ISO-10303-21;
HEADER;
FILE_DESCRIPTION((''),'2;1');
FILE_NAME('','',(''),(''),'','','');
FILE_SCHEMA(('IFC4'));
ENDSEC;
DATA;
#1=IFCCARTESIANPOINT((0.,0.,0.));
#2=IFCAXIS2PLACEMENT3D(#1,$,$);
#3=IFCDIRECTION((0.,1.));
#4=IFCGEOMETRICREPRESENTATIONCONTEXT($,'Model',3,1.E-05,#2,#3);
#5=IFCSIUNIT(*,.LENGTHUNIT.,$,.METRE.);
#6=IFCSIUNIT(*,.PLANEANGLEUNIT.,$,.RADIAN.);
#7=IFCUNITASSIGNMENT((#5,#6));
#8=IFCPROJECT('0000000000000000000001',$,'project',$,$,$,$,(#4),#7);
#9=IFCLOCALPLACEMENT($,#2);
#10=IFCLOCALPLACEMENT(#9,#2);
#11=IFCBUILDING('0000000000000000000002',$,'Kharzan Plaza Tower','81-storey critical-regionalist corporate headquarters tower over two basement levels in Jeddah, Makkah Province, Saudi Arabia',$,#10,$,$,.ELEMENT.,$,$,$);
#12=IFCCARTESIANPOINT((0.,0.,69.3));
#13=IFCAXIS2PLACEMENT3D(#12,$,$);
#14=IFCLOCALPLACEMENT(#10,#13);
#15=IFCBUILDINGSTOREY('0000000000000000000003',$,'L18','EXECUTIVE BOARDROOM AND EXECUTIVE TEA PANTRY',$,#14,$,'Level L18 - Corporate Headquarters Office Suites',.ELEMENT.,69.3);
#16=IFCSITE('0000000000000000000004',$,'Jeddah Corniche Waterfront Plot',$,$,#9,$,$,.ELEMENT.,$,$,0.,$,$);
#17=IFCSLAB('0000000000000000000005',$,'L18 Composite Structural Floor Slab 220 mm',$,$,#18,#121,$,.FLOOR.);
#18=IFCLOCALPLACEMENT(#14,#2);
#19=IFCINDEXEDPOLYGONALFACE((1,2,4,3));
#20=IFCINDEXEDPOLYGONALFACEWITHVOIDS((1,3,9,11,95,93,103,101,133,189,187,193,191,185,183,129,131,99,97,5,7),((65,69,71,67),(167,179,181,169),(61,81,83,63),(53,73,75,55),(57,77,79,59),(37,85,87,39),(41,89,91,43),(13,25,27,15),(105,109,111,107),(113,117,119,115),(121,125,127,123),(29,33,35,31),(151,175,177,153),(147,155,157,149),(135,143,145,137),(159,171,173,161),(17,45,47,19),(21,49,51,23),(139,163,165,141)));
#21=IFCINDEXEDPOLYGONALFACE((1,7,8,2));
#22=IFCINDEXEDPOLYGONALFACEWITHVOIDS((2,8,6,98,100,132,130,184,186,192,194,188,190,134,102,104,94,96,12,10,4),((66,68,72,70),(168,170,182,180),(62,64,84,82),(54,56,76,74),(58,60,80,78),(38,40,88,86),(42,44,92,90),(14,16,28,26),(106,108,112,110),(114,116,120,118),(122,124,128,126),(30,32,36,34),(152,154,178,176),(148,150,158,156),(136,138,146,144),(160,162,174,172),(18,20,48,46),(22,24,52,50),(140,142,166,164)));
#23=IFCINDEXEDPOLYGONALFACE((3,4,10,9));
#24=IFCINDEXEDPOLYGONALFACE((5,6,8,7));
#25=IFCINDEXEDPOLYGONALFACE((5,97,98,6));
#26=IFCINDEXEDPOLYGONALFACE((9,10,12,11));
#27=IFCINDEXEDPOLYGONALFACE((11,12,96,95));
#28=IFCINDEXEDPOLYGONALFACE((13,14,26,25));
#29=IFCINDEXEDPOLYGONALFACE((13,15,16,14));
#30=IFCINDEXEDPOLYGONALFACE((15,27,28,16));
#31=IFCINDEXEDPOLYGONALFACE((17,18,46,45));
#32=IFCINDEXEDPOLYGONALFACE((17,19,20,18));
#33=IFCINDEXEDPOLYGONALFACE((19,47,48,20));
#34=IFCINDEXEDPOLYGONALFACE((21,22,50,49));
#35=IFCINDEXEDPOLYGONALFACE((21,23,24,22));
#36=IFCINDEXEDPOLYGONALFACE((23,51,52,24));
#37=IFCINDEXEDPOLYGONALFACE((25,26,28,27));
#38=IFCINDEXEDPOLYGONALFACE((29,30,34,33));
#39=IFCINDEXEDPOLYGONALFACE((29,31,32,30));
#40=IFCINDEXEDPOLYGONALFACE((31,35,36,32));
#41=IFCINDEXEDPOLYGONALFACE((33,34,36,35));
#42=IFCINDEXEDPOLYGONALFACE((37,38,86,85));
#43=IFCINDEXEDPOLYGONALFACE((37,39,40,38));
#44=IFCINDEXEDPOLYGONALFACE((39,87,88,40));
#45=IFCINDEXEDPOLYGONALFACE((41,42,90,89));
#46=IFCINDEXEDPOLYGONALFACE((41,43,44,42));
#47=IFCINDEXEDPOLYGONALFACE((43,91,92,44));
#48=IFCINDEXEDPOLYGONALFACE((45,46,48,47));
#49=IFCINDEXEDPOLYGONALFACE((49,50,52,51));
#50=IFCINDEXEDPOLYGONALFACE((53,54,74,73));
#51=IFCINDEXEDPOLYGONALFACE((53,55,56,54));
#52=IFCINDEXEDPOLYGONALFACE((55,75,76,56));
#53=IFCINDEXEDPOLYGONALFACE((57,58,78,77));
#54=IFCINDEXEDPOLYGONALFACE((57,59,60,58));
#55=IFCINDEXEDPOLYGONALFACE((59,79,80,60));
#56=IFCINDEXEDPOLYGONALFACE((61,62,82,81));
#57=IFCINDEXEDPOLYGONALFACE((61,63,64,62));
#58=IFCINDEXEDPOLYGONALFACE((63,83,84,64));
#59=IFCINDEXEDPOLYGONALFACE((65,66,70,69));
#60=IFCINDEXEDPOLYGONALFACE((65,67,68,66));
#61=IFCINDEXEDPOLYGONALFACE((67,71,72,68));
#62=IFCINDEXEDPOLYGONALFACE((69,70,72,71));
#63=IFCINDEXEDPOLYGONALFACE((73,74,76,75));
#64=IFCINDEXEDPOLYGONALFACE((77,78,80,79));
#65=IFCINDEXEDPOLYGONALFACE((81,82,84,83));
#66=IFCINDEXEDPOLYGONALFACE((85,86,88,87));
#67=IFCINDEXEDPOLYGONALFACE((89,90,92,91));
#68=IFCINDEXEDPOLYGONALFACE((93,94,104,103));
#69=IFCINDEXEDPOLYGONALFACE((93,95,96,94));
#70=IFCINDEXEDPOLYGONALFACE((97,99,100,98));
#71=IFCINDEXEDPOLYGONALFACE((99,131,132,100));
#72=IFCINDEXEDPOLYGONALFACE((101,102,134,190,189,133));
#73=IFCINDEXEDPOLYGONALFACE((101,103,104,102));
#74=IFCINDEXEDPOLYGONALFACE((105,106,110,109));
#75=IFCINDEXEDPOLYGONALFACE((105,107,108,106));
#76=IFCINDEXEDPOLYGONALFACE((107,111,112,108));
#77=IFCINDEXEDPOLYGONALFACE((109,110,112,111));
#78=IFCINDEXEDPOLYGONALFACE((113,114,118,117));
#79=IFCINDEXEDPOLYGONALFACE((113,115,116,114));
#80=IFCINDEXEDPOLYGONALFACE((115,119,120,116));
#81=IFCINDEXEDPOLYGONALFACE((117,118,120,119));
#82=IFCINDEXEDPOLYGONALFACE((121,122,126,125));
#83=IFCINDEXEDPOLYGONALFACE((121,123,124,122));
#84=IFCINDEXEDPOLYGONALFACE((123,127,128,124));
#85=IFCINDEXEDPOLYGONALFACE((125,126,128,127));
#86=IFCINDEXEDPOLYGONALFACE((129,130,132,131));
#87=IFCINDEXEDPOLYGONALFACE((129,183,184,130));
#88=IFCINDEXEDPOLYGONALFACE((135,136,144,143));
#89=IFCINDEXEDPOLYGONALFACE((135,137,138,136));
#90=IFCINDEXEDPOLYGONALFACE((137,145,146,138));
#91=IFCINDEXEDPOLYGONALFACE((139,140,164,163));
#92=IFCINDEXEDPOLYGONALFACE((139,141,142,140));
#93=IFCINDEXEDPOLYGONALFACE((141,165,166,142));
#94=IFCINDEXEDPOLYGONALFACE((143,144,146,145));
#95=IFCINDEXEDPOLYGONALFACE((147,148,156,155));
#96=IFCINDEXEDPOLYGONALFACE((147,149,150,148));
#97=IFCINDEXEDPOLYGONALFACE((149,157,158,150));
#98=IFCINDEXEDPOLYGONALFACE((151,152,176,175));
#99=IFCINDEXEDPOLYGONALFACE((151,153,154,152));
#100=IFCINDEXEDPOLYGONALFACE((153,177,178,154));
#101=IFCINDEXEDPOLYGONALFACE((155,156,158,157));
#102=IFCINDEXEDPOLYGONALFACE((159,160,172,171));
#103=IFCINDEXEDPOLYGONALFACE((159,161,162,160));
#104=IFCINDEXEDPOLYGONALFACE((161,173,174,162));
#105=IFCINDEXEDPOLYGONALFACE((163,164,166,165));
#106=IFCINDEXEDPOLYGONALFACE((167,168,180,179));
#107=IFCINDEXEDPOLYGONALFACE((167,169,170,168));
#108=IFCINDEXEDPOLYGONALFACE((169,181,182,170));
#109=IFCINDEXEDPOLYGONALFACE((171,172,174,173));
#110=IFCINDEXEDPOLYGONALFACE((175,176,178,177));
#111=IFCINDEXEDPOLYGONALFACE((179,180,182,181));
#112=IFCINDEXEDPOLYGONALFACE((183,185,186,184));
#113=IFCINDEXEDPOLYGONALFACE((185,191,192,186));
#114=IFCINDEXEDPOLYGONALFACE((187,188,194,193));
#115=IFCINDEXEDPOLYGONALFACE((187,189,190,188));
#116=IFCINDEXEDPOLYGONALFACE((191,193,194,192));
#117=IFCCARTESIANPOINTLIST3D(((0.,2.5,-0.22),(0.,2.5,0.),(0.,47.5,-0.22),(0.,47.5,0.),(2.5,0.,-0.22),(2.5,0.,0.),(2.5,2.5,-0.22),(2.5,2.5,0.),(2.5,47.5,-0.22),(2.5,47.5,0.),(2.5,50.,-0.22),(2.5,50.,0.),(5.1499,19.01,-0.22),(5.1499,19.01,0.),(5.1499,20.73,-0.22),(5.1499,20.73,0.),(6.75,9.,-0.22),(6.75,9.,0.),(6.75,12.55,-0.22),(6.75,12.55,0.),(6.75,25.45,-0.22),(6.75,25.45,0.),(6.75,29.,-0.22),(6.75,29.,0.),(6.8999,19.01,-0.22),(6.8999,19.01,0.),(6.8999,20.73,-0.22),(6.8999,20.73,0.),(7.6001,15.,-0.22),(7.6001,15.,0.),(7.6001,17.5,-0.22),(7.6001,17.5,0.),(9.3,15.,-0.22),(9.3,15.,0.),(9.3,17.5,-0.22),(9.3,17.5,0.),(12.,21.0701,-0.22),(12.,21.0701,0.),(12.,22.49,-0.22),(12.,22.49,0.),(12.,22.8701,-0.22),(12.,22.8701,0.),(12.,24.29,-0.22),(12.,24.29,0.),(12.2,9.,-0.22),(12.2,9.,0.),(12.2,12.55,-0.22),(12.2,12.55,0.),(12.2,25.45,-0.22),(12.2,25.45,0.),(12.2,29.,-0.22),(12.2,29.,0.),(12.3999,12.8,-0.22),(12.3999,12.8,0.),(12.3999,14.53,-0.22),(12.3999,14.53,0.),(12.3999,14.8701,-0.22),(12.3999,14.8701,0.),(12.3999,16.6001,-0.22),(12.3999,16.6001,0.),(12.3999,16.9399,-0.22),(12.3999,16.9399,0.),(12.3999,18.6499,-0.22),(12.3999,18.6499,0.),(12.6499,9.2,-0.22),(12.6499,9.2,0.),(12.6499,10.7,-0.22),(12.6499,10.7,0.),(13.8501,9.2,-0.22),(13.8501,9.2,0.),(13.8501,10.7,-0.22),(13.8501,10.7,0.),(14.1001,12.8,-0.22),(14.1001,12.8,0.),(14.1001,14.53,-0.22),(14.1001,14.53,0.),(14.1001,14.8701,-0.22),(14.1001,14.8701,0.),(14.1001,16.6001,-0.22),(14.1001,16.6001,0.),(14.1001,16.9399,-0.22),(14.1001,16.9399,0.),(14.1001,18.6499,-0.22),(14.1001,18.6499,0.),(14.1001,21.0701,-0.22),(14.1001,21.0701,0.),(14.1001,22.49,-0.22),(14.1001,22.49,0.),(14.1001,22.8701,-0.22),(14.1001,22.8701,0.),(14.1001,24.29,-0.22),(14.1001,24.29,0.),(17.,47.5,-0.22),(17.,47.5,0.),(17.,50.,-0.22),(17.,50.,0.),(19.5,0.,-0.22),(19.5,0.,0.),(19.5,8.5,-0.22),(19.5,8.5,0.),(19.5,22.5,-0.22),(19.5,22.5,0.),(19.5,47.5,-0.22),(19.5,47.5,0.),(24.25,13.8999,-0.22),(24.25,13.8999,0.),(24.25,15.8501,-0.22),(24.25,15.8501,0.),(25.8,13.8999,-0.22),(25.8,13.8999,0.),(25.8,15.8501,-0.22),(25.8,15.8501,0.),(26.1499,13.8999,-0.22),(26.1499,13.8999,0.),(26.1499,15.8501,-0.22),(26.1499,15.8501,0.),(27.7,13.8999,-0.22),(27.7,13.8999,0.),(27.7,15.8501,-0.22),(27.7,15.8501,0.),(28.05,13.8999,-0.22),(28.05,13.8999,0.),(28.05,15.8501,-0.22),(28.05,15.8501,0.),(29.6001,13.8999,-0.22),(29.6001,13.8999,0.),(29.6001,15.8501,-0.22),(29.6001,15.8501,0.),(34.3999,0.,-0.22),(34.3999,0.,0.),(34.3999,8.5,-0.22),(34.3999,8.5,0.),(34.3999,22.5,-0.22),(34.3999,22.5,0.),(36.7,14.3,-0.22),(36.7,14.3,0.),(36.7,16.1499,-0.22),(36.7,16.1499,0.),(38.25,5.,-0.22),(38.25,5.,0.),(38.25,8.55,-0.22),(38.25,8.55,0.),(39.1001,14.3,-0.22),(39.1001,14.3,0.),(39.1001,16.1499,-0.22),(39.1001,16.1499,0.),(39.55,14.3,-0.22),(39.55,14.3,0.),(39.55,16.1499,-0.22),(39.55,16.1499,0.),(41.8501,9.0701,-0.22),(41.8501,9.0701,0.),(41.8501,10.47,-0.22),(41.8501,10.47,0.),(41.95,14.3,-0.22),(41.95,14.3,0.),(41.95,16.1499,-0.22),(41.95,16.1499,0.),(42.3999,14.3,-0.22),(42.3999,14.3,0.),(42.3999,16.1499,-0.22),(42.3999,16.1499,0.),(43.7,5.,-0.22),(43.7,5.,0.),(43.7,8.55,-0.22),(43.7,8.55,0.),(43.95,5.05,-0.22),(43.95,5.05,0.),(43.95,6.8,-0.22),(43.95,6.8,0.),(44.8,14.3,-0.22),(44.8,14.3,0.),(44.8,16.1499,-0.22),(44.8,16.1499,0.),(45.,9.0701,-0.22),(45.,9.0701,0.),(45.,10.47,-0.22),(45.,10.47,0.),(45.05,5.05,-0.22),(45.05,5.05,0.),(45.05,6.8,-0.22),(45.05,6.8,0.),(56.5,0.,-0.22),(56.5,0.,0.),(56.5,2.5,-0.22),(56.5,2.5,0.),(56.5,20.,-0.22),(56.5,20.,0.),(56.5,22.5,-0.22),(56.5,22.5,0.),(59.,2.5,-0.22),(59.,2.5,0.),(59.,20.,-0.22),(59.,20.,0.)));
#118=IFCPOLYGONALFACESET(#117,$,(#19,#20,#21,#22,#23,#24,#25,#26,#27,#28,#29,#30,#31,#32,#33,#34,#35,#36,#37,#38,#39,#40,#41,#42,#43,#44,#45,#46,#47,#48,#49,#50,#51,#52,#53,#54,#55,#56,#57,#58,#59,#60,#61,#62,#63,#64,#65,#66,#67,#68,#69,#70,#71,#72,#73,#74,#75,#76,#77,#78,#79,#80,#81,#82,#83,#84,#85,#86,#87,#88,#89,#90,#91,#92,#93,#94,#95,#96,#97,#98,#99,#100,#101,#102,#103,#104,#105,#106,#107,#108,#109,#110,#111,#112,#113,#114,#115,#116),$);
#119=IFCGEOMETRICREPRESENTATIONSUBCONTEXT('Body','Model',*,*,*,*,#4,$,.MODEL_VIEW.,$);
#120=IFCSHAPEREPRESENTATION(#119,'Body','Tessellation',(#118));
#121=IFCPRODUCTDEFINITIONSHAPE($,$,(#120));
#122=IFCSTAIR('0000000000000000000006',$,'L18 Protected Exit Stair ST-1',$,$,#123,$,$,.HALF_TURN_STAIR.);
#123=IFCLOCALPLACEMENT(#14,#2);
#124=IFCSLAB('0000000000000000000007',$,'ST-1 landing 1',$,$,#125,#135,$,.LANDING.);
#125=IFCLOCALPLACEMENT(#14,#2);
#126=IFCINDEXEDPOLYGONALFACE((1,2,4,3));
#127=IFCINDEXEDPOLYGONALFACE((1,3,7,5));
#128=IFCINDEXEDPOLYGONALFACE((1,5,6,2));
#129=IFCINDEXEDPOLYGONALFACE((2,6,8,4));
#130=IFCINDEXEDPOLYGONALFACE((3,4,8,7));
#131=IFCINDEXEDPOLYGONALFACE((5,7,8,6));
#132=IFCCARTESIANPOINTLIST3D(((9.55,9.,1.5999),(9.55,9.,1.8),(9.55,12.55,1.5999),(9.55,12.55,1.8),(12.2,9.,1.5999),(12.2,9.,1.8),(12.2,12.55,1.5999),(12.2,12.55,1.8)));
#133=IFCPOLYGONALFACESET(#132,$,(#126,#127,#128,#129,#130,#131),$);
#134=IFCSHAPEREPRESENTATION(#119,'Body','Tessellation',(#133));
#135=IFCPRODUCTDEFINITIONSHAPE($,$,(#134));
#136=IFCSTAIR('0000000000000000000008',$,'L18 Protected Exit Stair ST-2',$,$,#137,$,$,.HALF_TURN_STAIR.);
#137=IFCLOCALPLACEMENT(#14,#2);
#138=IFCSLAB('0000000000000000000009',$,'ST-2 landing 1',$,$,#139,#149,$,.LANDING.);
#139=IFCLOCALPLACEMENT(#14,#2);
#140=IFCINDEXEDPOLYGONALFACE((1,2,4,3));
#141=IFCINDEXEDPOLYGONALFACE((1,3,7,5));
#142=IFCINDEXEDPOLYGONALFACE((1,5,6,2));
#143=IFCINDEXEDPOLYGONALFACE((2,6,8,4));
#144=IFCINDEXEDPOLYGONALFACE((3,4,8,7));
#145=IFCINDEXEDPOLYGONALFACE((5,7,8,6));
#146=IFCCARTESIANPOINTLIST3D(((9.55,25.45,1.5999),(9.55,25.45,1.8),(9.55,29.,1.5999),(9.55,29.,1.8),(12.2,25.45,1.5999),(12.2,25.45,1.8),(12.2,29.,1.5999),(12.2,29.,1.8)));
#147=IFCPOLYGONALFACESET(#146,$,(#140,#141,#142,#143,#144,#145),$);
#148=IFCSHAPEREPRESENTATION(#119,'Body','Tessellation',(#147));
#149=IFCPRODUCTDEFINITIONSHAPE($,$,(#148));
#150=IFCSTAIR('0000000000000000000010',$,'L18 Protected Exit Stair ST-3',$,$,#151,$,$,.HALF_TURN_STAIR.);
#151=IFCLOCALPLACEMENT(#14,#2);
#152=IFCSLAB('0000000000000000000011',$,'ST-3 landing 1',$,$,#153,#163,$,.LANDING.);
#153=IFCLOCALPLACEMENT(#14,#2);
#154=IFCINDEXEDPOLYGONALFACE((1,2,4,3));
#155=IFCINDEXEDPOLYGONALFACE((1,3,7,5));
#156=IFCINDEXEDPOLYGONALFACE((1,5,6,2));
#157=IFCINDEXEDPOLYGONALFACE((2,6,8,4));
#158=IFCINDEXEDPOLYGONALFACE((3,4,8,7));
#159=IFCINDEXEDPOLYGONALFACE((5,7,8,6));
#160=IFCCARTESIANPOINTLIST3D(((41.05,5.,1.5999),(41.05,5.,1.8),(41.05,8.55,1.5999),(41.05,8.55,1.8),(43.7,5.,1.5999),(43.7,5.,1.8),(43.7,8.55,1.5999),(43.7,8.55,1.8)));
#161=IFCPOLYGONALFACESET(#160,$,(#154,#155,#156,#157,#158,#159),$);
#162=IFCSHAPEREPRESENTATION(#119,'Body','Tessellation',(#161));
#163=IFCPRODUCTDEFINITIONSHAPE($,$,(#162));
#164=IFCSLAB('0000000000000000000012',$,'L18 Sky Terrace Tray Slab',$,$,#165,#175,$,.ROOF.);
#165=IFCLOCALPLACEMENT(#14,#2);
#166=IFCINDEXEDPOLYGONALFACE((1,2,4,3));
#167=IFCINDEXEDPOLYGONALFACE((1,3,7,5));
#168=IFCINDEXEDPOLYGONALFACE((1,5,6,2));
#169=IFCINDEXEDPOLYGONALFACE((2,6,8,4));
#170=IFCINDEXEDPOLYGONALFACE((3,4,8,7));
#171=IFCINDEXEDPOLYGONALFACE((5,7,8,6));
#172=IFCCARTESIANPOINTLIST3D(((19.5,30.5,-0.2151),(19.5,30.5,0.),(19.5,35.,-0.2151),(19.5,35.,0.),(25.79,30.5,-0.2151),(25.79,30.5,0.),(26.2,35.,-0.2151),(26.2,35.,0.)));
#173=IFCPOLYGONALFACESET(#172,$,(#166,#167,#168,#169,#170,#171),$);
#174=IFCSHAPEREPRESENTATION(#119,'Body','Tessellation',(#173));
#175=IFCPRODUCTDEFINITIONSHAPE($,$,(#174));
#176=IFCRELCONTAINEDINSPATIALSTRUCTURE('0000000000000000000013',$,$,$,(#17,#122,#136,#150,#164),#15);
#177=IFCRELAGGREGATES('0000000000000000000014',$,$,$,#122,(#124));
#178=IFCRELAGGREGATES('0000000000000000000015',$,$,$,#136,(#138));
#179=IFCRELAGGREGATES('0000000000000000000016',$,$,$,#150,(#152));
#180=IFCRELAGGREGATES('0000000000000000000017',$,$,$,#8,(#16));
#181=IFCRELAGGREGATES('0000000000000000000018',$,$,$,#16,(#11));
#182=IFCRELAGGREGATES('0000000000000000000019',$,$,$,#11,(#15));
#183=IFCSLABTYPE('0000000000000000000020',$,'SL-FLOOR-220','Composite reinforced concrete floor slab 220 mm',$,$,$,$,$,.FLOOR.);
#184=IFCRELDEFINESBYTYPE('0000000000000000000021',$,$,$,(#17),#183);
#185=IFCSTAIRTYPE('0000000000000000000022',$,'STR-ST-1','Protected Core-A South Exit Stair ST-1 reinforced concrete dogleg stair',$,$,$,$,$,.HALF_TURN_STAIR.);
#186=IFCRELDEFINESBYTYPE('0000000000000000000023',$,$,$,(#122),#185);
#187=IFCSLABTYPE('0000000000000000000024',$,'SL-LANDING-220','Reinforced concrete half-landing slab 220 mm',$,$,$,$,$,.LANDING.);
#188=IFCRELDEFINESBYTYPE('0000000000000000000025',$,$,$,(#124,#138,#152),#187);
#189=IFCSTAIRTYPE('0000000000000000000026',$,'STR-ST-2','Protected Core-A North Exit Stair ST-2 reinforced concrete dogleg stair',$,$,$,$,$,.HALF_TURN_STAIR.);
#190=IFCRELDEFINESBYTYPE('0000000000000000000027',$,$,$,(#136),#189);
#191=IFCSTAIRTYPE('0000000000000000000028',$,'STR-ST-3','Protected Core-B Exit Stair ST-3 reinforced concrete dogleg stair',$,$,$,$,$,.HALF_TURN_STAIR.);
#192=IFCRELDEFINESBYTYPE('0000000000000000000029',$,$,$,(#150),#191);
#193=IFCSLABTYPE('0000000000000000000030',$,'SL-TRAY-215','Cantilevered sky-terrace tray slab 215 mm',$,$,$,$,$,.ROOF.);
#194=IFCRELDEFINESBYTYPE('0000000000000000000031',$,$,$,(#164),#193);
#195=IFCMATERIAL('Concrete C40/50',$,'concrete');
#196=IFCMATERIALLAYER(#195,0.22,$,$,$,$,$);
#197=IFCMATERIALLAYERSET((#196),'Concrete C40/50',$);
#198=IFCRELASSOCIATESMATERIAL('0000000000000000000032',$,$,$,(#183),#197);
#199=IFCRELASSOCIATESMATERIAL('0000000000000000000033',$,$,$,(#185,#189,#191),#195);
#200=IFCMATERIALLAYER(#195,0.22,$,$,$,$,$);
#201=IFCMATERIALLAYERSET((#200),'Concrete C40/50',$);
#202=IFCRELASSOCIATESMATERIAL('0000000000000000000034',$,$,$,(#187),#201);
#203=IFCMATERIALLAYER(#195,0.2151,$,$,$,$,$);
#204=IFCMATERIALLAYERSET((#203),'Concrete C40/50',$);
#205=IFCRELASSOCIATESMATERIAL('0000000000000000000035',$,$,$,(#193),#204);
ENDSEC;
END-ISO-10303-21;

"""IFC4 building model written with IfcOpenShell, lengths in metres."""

from ifc_helpers import new_model, si_unit, direction, frame, origin, place, context, subcontext, project, spatial, polyline, outline, extrude, material, layer, layer_set, type_object, element, aggregate, save


model = new_model("IFC4")

# Units and contexts
model_context = context("Model", 3, precision=1e-05, world=origin(), true_north=direction((0.0, 1.0)))
body_context = subcontext(model_context, "Body", "Model", "MODEL_VIEW")
ifc_project = project(units=[si_unit("LENGTHUNIT", "METRE"), si_unit("PLANEANGLEUNIT", "RADIAN")], contexts=[model_context])

# Site, building, storey
site_placement = place(None, origin())
site = spatial("IfcSite", under=ifc_project, at=site_placement, Name="Jeddah Corniche Waterfront Plot", CompositionType="ELEMENT", RefElevation=0.0)
building_placement = place(site_placement, origin())
building = spatial("IfcBuilding", under=site, at=building_placement, Name="Kharzan Plaza Tower", Description="81-storey critical-regionalist corporate headquarters tower over two basement levels in Jeddah, Makkah Province, Saudi Arabia", CompositionType="ELEMENT")
storey_placement = place(building_placement, frame((0.0, 0.0, 69.3)))
storey = spatial("IfcBuildingStorey", under=building, at=storey_placement, Name="L18", Description="EXECUTIVE BOARDROOM AND EXECUTIVE TEA PANTRY", LongName="Level L18 - Corporate Headquarters Office Suites", CompositionType="ELEMENT", Elevation=69.3)

# Slab
ifc_material_1 = material(Name="Concrete C40/50", Category="concrete")
ifc_layer_1 = layer(ifc_material_1, 0.22)
ifc_layer_set_1 = layer_set([ifc_layer_1], Name="Concrete C40/50")
slab_type_1 = type_object("IfcSlabType", Name="SL-FLOOR-220", Description="Composite reinforced concrete floor slab 220 mm", PredefinedType="FLOOR", material=ifc_layer_set_1)
slab_1_placement = place(storey_placement, frame((0.0, 0.0, -0.22)))
element("IfcSlab", 1, at=slab_1_placement, inside=storey, type_object=slab_type_1, Name="L18 Composite Structural Floor Slab 220 mm", PredefinedType="FLOOR", context=body_context, shape_type="SweptSolid", body=[
    extrude(outline(polyline([(34.3999, 22.5), (19.5, 22.5), (19.5, 47.5), (17.0, 47.5), (17.0, 50.0), (2.5, 50.0), (2.5, 47.5), (0.0, 47.5), (0.0, 2.5), (2.5, 2.5), (2.5, 0.0), (19.5, 0.0), (19.5, 8.5), (34.3999, 8.5), (34.3999, 0.0), (56.5, 0.0), (56.5, 2.5), (59.0, 2.5), (59.0, 20.0), (56.5, 20.0), (56.5, 22.5), (34.3999, 22.5)]), holes=[polyline([(13.8501, 9.2), (13.8501, 10.7), (12.6499, 10.7), (12.6499, 9.2), (13.8501, 9.2)]), polyline([(12.2, 9.0), (12.2, 12.55), (6.75, 12.55), (6.75, 9.0), (12.2, 9.0)]), polyline([(14.1001, 12.8), (14.1001, 14.53), (12.3999, 14.53), (12.3999, 12.8), (14.1001, 12.8)]), polyline([(14.1001, 14.8701), (14.1001, 16.6001), (12.3999, 16.6001), (12.3999, 14.8701), (14.1001, 14.8701)]), polyline([(9.3, 15.0), (9.3, 17.5), (7.6001, 17.5), (7.6001, 15.0), (9.3, 15.0)]), polyline([(14.1001, 16.9399), (14.1001, 18.6499), (12.3999, 18.6499), (12.3999, 16.9399), (14.1001, 16.9399)]), polyline([(6.8999, 19.01), (6.8999, 20.73), (5.1499, 20.73), (5.1499, 19.01), (6.8999, 19.01)]), polyline([(12.0, 21.0701), (14.1001, 21.0701), (14.1001, 22.49), (12.0, 22.49), (12.0, 21.0701)]), polyline([(12.0, 22.8701), (14.1001, 22.8701), (14.1001, 24.29), (12.0, 24.29), (12.0, 22.8701)]), polyline([(12.2, 25.45), (12.2, 29.0), (6.75, 29.0), (6.75, 25.45), (12.2, 25.45)]), polyline([(45.05, 5.05), (45.05, 6.8), (43.95, 6.8), (43.95, 5.05), (45.05, 5.05)]), polyline([(43.7, 5.0), (43.7, 8.55), (38.25, 8.55), (38.25, 5.0), (43.7, 5.0)]), polyline([(41.8501, 9.0701), (45.0, 9.0701), (45.0, 10.47), (41.8501, 10.47), (41.8501, 9.0701)]), polyline([(24.25, 13.8999), (25.8, 13.8999), (25.8, 15.8501), (24.25, 15.8501), (24.25, 13.8999)]), polyline([(27.7, 13.8999), (27.7, 15.8501), (26.1499, 15.8501), (26.1499, 13.8999), (27.7, 13.8999)]), polyline([(29.6001, 13.8999), (29.6001, 15.8501), (28.05, 15.8501), (28.05, 13.8999), (29.6001, 13.8999)]), polyline([(39.1001, 14.3), (39.1001, 16.1499), (36.7, 16.1499), (36.7, 14.3), (39.1001, 14.3)]), polyline([(39.55, 14.3), (41.95, 14.3), (41.95, 16.1499), (39.55, 16.1499), (39.55, 14.3)]), polyline([(42.3999, 14.3), (44.8, 14.3), (44.8, 16.1499), (42.3999, 16.1499), (42.3999, 14.3)])]), origin(), (0.0, 0.0, 1.0), 0.22),
])

# Stairs, slabs
stair_type_1 = type_object("IfcStairType", Name="STR-ST-1", Description="Protected Core-A South Exit Stair ST-1 reinforced concrete dogleg stair", PredefinedType="HALF_TURN_STAIR", material=ifc_material_1)
stair_1_placement = place(storey_placement, origin())
stair_1 = element("IfcStair", 2, at=stair_1_placement, inside=storey, type_object=stair_type_1, Name="L18 Protected Exit Stair ST-1", PredefinedType="HALF_TURN_STAIR")
ifc_layer_2 = layer(ifc_material_1, 0.22)
ifc_layer_set_2 = layer_set([ifc_layer_2], Name="Concrete C40/50")
slab_type_2 = type_object("IfcSlabType", Name="SL-LANDING-220", Description="Reinforced concrete half-landing slab 220 mm", PredefinedType="LANDING", material=ifc_layer_set_2)
slab_2_placement = place(storey_placement, frame((0.0, 0.0, 1.5999)))
slab_2 = element("IfcSlab", 3, at=slab_2_placement, type_object=slab_type_2, Name="ST-1 landing 1", PredefinedType="LANDING", context=body_context, shape_type="SweptSolid", body=[
    extrude(outline(polyline([(9.55, 9.0), (12.2, 9.0), (12.2, 12.55), (9.55, 12.55), (9.55, 9.0)])), origin(), (0.0, 0.0, 1.0), 0.2002),
])
aggregate(stair_1, [slab_2])
stair_type_2 = type_object("IfcStairType", Name="STR-ST-2", Description="Protected Core-A North Exit Stair ST-2 reinforced concrete dogleg stair", PredefinedType="HALF_TURN_STAIR", material=ifc_material_1)
stair_2_placement = place(storey_placement, origin())
stair_2 = element("IfcStair", 4, at=stair_2_placement, inside=storey, type_object=stair_type_2, Name="L18 Protected Exit Stair ST-2", PredefinedType="HALF_TURN_STAIR")
slab_3_placement = place(storey_placement, frame((0.0, 0.0, 1.5999)))
slab_3 = element("IfcSlab", 5, at=slab_3_placement, type_object=slab_type_2, Name="ST-2 landing 1", PredefinedType="LANDING", context=body_context, shape_type="SweptSolid", body=[
    extrude(outline(polyline([(9.55, 25.45), (12.2, 25.45), (12.2, 29.0), (9.55, 29.0), (9.55, 25.45)])), origin(), (0.0, 0.0, 1.0), 0.2002),
])
aggregate(stair_2, [slab_3])
stair_type_3 = type_object("IfcStairType", Name="STR-ST-3", Description="Protected Core-B Exit Stair ST-3 reinforced concrete dogleg stair", PredefinedType="HALF_TURN_STAIR", material=ifc_material_1)
stair_3_placement = place(storey_placement, origin())
stair_3 = element("IfcStair", 6, at=stair_3_placement, inside=storey, type_object=stair_type_3, Name="L18 Protected Exit Stair ST-3", PredefinedType="HALF_TURN_STAIR")
slab_4_placement = place(storey_placement, frame((0.0, 0.0, 1.5999)))
slab_4 = element("IfcSlab", 7, at=slab_4_placement, type_object=slab_type_2, Name="ST-3 landing 1", PredefinedType="LANDING", context=body_context, shape_type="SweptSolid", body=[
    extrude(outline(polyline([(41.05, 5.0), (43.7, 5.0), (43.7, 8.55), (41.05, 8.55), (41.05, 5.0)])), origin(), (0.0, 0.0, 1.0), 0.2002),
])
aggregate(stair_3, [slab_4])

# Slab
ifc_layer_3 = layer(ifc_material_1, 0.2151)
ifc_layer_set_3 = layer_set([ifc_layer_3], Name="Concrete C40/50")
slab_type_3 = type_object("IfcSlabType", Name="SL-TRAY-215", Description="Cantilevered sky-terrace tray slab 215 mm", PredefinedType="ROOF", material=ifc_layer_set_3)
slab_5_placement = place(storey_placement, frame((0.0, 0.0, -0.2151)))
element("IfcSlab", 8, at=slab_5_placement, inside=storey, type_object=slab_type_3, Name="L18 Sky Terrace Tray Slab", PredefinedType="ROOF", context=body_context, shape_type="SweptSolid", body=[
    extrude(outline(polyline([(19.5, 30.5), (25.79, 30.5), (26.2, 35.0), (19.5, 35.0), (19.5, 30.5)])), origin(), (0.0, 0.0, 1.0), 0.2151),
])

save(model, "model.ifc")
